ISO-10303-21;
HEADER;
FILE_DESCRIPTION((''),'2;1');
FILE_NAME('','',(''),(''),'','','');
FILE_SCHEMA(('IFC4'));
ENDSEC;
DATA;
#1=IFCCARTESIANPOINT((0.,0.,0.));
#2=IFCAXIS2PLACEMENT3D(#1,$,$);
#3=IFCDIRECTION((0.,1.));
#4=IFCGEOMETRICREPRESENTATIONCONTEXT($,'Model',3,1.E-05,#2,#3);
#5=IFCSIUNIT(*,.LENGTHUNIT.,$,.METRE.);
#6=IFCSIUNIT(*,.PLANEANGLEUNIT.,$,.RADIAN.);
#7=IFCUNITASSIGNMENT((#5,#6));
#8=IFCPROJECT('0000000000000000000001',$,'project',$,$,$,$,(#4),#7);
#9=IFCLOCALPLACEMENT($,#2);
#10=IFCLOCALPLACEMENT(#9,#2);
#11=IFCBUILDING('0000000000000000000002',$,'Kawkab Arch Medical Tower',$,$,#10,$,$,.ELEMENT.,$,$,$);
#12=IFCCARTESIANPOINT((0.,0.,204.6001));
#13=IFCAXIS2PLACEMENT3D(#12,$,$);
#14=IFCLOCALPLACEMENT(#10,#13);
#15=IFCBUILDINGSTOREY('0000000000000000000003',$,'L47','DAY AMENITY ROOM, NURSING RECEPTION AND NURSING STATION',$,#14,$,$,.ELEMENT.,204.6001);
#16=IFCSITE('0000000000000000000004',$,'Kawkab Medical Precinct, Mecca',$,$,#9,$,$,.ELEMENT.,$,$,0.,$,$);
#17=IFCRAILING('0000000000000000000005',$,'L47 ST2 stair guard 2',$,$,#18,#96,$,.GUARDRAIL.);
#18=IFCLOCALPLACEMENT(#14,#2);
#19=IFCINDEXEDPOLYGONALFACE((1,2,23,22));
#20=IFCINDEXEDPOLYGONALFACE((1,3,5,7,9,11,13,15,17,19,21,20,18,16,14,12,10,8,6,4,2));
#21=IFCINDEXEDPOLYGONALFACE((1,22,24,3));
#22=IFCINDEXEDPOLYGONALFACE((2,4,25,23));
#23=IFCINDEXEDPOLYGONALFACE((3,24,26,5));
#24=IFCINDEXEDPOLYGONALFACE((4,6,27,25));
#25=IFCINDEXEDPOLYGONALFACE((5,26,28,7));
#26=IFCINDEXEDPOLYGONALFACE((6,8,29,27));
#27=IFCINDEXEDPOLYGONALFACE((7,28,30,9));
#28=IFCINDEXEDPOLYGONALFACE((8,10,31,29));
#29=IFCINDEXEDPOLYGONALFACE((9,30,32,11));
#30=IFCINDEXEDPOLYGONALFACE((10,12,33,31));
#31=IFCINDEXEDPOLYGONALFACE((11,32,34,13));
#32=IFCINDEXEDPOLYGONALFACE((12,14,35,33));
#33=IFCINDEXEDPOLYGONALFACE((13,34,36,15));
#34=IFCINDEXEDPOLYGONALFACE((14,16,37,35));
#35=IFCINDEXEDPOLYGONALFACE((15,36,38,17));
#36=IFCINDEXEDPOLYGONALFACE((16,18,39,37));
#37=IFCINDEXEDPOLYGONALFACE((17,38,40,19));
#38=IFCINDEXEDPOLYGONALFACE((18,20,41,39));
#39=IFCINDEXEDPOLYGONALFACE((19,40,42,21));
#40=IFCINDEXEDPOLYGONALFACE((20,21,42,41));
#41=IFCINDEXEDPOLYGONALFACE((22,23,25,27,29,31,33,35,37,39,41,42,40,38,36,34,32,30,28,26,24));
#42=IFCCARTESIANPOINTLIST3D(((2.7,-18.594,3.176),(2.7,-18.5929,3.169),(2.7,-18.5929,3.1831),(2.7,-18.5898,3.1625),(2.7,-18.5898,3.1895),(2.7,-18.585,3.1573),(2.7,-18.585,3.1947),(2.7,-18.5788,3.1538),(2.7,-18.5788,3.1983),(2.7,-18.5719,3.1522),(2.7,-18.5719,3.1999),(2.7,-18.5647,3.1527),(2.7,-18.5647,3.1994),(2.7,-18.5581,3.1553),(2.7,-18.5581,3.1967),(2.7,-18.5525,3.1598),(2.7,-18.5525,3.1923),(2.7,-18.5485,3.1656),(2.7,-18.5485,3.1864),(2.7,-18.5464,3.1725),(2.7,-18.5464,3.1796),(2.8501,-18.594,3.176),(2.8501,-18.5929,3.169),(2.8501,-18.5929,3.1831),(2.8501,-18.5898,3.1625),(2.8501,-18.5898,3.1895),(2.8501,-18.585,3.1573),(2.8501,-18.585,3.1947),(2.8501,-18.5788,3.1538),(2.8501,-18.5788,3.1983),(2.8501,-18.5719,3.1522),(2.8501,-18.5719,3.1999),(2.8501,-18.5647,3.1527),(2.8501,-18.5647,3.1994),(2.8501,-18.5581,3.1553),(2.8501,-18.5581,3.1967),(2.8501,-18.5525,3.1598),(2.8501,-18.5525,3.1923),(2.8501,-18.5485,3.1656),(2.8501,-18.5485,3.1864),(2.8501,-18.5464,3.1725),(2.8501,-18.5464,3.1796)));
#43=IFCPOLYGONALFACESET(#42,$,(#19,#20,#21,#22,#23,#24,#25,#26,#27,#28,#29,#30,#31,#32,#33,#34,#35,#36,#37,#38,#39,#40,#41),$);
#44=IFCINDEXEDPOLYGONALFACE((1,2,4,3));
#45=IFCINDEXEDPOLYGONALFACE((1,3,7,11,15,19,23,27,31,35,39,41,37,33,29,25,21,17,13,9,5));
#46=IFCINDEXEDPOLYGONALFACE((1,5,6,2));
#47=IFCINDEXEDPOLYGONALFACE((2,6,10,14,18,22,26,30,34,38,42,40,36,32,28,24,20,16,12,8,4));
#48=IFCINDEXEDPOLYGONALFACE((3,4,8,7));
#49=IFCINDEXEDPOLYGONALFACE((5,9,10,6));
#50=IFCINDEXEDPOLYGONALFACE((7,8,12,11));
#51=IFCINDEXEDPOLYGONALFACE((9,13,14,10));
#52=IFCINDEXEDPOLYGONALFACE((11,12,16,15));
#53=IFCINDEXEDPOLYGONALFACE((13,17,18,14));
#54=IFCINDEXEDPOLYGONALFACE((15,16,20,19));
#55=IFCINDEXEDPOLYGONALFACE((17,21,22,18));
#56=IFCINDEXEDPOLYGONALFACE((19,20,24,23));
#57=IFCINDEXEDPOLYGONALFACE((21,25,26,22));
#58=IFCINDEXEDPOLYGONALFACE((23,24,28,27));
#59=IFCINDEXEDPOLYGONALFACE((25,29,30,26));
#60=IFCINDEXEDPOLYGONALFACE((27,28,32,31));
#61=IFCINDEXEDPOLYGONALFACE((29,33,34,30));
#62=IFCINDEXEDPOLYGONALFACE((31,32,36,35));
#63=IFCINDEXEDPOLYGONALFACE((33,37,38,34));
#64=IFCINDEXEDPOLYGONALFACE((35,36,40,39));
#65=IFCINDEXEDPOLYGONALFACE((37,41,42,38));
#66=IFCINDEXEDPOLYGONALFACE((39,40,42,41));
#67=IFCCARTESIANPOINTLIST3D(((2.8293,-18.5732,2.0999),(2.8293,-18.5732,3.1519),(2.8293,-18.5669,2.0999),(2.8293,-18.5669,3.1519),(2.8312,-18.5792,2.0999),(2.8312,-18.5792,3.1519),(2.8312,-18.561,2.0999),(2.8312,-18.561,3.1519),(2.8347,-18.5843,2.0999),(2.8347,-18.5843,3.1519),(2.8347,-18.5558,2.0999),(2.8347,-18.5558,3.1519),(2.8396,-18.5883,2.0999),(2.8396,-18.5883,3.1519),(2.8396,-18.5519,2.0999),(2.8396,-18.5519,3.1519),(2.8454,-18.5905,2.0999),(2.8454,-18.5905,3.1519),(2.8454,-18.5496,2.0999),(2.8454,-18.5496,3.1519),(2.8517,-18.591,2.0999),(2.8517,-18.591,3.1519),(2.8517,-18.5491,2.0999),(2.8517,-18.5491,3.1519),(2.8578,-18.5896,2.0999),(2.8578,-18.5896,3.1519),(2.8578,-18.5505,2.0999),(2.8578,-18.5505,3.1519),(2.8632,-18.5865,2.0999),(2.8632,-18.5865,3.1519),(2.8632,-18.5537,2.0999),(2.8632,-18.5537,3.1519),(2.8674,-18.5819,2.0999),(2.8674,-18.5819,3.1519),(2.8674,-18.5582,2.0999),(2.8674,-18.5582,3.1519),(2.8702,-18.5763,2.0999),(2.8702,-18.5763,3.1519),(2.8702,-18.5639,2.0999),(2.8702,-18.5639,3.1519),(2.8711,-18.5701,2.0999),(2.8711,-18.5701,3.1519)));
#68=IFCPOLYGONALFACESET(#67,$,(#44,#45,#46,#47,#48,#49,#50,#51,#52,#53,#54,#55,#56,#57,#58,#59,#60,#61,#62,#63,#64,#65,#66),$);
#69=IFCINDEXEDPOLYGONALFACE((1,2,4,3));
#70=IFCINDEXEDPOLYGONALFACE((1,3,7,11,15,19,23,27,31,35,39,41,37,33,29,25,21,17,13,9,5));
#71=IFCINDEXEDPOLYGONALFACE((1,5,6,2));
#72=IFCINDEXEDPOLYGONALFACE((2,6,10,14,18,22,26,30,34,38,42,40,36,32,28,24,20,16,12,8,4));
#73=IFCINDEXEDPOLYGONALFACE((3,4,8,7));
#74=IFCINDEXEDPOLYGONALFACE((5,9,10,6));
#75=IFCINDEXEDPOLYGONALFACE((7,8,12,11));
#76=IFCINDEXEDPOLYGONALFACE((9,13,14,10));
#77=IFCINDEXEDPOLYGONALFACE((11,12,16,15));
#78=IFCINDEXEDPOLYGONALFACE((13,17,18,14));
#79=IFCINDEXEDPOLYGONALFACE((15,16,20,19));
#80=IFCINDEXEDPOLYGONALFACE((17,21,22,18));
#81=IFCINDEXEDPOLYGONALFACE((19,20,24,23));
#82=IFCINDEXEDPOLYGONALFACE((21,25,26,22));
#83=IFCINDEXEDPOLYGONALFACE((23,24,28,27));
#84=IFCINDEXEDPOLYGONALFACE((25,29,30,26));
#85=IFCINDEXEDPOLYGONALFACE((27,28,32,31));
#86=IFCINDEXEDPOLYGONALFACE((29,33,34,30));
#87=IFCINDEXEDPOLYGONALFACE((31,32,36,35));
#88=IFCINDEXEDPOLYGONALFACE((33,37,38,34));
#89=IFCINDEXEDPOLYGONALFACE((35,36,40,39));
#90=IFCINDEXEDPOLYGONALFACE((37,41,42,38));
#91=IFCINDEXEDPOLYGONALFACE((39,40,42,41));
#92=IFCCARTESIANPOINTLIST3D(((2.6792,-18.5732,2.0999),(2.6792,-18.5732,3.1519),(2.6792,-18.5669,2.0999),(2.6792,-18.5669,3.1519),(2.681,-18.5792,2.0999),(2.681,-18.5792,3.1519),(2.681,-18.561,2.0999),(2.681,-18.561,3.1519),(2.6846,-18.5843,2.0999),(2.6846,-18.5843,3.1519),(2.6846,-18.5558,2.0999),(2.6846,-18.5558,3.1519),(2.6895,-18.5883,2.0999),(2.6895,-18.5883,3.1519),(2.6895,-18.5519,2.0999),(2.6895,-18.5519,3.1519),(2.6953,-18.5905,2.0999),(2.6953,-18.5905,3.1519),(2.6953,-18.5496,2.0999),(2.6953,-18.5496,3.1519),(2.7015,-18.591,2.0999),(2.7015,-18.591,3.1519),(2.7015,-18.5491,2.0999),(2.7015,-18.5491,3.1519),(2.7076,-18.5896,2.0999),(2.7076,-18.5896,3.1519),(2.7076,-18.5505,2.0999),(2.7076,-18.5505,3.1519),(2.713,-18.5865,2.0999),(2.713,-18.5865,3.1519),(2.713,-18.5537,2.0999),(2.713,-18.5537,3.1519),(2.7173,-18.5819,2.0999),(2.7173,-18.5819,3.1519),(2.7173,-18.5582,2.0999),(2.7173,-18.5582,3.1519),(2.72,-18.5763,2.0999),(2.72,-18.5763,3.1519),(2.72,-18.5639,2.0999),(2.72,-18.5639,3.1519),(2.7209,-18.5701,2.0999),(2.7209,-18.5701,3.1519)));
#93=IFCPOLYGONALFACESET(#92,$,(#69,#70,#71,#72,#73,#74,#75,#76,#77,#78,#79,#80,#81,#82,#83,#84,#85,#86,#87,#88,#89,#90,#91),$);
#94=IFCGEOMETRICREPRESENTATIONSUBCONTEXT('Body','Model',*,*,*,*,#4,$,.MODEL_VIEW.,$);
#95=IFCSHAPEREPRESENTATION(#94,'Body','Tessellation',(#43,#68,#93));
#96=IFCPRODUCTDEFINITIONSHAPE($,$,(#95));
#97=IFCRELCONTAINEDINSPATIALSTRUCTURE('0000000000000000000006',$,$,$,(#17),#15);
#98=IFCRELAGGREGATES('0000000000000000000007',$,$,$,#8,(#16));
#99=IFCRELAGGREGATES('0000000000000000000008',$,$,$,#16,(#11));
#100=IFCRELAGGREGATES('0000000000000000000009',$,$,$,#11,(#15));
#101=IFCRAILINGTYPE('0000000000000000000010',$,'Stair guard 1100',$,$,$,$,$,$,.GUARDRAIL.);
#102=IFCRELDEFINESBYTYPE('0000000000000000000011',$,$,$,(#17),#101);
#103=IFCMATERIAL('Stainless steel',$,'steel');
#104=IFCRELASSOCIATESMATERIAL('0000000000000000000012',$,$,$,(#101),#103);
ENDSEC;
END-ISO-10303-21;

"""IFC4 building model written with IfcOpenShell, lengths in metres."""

from ifc_helpers import new_model, si_unit, direction, frame, origin, origin_2d, place, context, subcontext, project, spatial, circle, extrude, material, type_object, element, save


model = new_model("IFC4")

# Units and contexts
model_context = context("Model", 3, precision=1e-05, world=origin(), true_north=direction((0.0, 1.0)))
body_context = subcontext(model_context, "Body", "Model", "MODEL_VIEW")
ifc_project = project(units=[si_unit("LENGTHUNIT", "METRE"), si_unit("PLANEANGLEUNIT", "RADIAN")], contexts=[model_context])

# Site, building, storey
site_placement = place(None, origin())
site = spatial("IfcSite", under=ifc_project, at=site_placement, Name="Kawkab Medical Precinct, Mecca", CompositionType="ELEMENT", RefElevation=0.0)
building_placement = place(site_placement, origin())
building = spatial("IfcBuilding", under=site, at=building_placement, Name="Kawkab Arch Medical Tower", CompositionType="ELEMENT")
storey_placement = place(building_placement, frame((0.0, 0.0, 204.6001)))
storey = spatial("IfcBuildingStorey", under=building, at=storey_placement, Name="L47", Description="DAY AMENITY ROOM, NURSING RECEPTION AND NURSING STATION", CompositionType="ELEMENT", Elevation=204.6001)

# Railing
ifc_material_1 = material(Name="Stainless steel", Category="steel")
railing_type = type_object("IfcRailingType", Name="Stair guard 1100", PredefinedType="GUARDRAIL", material=ifc_material_1)
for number, where, name in (
    (1, (2.8501, -18.5701, 2.0999), "L47 ST2 stair guard 2"),
):
    element("IfcRailing", number, at=place(storey_placement, frame(where)), inside=storey, type_object=railing_type, Name=name, PredefinedType="GUARDRAIL", context=body_context, shape_type="SweptSolid", body=[
        extrude(circle(Radius=0.0239, at=origin_2d()), frame((0.0, 0.0, 1.0762), z_axis=(-1.0, 0.0, 0.0), x_axis=(0.0, -1.0, 0.0)), (0.0, 0.0, 1.0), 0.1501),
        extrude(circle(Radius=0.021, at=origin_2d()), origin(), (0.0, 0.0, 1.0), 1.052),
        extrude(circle(Radius=0.021, at=origin_2d()), frame((-0.1501, 0.0, 0.0)), (0.0, 0.0, 1.0), 1.052),
    ])

save(model, "model.ifc")
